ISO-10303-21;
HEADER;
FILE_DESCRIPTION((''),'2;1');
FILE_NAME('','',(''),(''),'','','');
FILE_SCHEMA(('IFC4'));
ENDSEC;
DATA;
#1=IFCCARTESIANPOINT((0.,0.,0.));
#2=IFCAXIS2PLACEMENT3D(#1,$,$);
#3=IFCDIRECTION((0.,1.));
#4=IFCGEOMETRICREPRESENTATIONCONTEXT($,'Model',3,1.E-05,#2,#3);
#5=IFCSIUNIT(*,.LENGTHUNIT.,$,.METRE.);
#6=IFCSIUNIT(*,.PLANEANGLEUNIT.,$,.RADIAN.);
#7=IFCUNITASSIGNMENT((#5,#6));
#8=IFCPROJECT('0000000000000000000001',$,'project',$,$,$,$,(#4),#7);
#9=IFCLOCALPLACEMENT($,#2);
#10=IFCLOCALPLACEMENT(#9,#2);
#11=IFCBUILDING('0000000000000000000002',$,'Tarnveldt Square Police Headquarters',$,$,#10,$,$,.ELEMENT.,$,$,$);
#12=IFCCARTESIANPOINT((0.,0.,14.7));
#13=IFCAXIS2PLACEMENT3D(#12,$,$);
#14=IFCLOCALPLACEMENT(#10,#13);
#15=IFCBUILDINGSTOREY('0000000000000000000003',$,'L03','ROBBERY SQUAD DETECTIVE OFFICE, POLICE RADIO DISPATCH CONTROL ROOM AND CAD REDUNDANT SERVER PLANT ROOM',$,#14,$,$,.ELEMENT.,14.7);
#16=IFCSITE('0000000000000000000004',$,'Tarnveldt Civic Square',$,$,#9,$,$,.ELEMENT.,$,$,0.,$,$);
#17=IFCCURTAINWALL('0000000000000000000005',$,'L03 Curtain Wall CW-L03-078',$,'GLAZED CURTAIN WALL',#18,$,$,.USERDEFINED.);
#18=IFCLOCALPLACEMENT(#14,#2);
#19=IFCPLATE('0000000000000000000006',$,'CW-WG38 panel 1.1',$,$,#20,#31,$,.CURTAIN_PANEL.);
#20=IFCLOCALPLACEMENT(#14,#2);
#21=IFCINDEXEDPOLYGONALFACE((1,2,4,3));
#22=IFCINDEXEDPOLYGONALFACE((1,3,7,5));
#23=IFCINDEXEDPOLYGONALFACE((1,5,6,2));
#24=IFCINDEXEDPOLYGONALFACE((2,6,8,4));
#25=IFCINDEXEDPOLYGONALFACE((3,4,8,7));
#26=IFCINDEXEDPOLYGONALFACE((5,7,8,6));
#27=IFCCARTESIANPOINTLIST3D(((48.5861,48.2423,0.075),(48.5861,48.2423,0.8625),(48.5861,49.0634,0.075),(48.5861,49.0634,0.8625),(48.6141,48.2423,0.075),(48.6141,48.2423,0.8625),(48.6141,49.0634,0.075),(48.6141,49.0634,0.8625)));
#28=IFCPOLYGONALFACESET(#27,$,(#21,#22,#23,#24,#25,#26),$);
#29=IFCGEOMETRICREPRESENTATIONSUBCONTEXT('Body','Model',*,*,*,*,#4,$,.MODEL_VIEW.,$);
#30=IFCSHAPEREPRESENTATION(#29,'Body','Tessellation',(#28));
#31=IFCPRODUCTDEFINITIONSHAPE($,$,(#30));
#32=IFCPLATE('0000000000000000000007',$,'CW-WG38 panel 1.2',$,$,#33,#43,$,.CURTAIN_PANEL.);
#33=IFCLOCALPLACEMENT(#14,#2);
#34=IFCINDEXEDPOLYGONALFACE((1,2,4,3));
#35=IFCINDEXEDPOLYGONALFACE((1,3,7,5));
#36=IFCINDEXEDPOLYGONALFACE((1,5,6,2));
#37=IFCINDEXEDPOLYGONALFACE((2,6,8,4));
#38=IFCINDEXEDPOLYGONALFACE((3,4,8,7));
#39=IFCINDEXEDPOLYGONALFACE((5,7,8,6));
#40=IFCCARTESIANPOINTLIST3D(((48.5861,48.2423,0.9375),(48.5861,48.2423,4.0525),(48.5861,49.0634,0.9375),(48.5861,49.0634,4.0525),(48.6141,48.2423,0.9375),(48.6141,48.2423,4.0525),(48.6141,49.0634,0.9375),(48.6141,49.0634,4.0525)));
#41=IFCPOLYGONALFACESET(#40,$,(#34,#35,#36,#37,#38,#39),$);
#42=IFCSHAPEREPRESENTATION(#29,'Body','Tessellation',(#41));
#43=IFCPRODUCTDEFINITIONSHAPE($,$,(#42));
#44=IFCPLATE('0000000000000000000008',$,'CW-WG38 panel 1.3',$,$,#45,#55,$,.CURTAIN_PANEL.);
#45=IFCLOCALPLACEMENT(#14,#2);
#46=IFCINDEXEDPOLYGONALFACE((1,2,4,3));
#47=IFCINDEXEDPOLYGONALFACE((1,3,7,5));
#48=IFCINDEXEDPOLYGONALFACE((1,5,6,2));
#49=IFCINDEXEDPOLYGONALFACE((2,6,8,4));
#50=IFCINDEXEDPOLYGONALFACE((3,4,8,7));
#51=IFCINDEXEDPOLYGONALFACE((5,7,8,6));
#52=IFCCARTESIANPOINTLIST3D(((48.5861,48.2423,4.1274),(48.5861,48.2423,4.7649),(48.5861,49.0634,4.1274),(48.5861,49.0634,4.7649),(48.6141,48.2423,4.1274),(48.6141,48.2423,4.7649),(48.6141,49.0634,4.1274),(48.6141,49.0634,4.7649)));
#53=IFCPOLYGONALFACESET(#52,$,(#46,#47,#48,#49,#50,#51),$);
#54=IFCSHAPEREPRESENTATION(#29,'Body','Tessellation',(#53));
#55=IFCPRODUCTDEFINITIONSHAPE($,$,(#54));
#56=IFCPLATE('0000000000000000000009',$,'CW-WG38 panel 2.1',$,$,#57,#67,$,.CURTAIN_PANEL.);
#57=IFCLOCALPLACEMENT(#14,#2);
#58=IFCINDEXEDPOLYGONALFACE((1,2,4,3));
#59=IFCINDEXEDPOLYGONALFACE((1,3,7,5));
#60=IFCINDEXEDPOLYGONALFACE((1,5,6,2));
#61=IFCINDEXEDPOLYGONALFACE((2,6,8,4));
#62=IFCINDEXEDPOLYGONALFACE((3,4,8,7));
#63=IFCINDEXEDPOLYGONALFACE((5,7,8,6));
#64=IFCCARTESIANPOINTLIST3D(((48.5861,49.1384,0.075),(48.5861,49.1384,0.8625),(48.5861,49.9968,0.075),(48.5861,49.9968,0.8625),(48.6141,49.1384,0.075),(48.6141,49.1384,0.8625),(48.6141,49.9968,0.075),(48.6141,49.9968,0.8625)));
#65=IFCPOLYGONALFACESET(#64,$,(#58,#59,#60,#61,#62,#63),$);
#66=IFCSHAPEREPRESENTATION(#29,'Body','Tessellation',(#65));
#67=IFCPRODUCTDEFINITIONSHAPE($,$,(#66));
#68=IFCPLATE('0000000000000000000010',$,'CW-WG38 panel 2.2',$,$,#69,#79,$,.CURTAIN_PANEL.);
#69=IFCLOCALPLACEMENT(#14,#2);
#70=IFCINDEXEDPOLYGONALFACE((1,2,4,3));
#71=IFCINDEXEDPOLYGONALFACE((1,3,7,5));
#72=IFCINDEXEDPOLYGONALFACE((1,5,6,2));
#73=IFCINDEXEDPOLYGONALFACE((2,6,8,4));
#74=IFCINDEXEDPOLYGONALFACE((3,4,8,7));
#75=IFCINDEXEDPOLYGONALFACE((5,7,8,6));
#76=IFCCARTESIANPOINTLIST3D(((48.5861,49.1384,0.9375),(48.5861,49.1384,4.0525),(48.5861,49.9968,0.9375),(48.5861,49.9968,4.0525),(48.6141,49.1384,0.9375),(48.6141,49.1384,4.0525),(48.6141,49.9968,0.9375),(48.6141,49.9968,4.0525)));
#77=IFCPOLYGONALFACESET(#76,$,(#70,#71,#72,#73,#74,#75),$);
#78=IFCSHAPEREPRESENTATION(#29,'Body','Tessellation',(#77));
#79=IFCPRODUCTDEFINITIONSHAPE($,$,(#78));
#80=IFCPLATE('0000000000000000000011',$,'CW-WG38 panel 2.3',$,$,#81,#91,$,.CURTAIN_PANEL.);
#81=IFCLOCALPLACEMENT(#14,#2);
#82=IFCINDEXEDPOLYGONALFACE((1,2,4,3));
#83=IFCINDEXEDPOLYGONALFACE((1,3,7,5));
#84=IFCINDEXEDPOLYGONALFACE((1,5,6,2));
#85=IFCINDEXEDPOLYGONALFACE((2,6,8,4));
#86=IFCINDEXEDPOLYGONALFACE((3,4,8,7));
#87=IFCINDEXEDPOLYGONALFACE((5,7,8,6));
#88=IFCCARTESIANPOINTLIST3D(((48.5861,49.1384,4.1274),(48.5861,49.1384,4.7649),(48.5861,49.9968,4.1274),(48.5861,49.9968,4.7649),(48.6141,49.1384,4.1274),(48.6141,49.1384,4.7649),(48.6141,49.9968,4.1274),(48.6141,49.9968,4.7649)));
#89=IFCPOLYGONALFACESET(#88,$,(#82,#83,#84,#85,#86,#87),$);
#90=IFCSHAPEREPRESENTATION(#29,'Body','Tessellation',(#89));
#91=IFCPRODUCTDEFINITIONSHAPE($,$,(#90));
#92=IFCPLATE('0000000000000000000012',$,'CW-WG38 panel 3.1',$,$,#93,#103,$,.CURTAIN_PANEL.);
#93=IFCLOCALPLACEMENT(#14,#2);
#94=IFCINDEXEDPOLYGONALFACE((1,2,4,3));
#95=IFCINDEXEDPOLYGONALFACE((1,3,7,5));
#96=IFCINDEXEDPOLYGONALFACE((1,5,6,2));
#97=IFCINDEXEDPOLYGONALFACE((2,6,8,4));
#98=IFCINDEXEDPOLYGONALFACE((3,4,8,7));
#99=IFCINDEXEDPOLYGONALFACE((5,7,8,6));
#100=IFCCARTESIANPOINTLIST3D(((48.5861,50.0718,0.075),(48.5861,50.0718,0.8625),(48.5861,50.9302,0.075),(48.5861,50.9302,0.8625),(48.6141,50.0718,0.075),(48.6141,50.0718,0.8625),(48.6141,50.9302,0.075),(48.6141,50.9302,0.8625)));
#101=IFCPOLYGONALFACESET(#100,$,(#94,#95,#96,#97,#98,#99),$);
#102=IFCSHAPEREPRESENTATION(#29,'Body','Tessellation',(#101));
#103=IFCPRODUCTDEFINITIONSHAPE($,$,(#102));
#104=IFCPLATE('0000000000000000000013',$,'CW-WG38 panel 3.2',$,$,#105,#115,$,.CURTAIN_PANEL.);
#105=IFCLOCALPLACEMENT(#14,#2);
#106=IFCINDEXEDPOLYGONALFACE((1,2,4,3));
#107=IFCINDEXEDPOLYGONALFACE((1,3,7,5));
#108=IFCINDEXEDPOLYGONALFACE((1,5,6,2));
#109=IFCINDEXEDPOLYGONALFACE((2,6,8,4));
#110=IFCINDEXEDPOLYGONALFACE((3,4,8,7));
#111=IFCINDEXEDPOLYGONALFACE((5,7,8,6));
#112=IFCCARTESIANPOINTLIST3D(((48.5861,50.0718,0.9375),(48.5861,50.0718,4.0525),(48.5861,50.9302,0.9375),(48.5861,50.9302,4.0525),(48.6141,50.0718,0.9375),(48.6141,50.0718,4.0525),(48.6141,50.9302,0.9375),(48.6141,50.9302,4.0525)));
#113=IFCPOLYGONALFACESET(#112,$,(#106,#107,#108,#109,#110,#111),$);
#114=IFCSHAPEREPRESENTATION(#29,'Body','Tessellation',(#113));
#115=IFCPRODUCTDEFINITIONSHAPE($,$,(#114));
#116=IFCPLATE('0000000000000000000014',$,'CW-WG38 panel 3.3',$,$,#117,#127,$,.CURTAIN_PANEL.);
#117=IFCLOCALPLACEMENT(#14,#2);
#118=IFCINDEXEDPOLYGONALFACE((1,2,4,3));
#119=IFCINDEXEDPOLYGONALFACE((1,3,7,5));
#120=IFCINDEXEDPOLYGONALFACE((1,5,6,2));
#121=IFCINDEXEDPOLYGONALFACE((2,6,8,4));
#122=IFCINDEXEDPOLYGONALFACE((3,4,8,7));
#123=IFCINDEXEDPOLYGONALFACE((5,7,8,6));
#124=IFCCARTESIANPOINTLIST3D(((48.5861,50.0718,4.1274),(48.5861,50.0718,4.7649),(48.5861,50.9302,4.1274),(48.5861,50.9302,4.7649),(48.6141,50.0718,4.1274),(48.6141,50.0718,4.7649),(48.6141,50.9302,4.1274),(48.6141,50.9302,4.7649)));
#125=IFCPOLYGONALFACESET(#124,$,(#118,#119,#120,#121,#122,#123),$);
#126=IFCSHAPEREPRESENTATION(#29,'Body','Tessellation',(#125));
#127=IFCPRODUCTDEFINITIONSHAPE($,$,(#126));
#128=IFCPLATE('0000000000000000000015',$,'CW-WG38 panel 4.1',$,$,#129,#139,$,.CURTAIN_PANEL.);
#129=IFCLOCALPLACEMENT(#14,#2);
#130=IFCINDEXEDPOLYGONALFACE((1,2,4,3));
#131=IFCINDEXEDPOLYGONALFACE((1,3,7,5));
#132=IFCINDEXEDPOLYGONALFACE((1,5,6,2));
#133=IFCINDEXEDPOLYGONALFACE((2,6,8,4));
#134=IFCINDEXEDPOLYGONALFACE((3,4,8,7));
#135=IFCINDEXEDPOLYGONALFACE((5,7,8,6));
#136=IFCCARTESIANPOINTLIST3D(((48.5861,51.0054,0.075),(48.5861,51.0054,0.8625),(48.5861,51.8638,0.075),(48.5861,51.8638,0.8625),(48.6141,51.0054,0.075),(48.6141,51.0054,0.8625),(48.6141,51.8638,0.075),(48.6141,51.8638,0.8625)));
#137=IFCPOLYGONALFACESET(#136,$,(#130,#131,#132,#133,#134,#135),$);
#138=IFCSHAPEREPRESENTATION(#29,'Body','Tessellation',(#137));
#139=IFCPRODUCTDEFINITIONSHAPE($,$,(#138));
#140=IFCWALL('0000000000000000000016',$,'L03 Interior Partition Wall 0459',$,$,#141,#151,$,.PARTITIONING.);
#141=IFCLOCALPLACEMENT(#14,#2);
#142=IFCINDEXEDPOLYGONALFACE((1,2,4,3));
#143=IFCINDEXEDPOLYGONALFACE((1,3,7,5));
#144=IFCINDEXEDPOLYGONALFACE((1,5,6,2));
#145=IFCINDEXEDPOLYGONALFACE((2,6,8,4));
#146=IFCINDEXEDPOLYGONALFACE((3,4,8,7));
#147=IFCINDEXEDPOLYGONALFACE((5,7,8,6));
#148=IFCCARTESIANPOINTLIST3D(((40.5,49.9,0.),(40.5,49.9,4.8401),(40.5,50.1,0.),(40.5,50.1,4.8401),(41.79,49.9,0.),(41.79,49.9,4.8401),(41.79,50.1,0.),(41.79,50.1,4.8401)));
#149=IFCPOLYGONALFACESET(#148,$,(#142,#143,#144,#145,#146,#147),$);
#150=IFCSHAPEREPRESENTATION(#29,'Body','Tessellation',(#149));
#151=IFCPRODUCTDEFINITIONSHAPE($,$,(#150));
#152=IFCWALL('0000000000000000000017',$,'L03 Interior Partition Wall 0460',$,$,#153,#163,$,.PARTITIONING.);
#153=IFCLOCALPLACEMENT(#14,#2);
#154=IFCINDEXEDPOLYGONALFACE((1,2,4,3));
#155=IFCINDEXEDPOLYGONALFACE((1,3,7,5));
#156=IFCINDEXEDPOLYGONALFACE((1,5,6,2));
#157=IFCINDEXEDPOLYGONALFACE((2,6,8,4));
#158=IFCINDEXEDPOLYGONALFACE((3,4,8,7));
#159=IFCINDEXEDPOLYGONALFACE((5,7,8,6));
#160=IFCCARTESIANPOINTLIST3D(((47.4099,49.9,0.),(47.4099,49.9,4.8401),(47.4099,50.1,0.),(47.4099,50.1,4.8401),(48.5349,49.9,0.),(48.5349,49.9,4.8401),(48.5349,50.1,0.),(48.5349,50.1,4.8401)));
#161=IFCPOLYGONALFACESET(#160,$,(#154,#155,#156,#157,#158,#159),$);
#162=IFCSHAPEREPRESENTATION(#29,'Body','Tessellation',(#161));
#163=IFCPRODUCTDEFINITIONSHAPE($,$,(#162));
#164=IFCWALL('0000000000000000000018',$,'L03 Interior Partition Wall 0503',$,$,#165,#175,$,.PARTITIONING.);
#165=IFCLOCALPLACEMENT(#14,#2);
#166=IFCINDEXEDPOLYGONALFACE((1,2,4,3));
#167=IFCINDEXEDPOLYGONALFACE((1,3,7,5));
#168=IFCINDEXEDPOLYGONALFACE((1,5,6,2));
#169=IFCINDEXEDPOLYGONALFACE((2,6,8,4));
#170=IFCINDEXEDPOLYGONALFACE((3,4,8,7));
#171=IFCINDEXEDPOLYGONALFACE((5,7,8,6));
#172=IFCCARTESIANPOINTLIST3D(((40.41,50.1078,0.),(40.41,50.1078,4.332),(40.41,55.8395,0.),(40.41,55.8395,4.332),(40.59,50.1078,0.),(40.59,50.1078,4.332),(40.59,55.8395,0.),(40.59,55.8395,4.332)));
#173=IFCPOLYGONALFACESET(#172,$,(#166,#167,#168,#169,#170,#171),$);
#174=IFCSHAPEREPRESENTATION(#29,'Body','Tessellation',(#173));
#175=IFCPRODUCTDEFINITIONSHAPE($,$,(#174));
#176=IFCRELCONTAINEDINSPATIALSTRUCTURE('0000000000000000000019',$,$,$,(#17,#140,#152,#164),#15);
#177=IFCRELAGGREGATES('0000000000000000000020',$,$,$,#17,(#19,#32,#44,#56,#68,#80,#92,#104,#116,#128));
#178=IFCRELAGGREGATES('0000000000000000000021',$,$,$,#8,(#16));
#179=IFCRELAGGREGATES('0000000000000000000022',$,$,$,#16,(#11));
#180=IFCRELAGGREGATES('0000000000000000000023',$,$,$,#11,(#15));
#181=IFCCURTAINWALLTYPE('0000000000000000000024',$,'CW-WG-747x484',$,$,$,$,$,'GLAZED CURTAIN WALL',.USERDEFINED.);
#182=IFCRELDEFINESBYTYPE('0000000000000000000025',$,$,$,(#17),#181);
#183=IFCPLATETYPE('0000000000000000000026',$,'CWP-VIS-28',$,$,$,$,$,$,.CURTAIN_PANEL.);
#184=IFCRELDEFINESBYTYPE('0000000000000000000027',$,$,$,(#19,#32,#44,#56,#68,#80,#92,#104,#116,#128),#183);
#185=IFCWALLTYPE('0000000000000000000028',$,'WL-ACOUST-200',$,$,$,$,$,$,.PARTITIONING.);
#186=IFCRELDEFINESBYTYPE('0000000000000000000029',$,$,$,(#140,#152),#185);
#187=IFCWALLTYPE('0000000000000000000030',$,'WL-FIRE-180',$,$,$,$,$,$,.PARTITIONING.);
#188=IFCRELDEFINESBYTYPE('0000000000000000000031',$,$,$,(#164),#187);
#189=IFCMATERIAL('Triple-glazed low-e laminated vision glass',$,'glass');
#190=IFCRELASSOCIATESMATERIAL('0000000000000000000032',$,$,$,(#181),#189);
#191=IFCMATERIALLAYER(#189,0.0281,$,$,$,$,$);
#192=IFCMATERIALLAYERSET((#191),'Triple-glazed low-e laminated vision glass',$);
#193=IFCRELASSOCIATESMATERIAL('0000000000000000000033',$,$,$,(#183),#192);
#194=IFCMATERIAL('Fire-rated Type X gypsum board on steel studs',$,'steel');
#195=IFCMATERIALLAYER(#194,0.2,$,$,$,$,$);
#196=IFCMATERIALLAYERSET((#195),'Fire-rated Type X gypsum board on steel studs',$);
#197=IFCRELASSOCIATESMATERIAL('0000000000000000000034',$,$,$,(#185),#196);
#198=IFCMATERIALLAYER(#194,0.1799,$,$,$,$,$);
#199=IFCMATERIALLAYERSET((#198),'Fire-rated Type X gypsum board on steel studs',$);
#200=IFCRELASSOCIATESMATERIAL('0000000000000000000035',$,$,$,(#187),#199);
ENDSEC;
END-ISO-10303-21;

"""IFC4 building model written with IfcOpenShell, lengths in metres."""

from ifc_helpers import new_model, si_unit, direction, frame, frame_2d, origin, origin_2d, place, context, subcontext, project, spatial, rectangle, extrude, material, layer, layer_set, type_object, element, aggregate, save


model = new_model("IFC4")

# Units and contexts
model_context = context("Model", 3, precision=1e-05, world=origin(), true_north=direction((0.0, 1.0)))
body_context = subcontext(model_context, "Body", "Model", "MODEL_VIEW")
ifc_project = project(units=[si_unit("LENGTHUNIT", "METRE"), si_unit("PLANEANGLEUNIT", "RADIAN")], contexts=[model_context])

# Site, building, storey
site_placement = place(None, origin())
site = spatial("IfcSite", under=ifc_project, at=site_placement, Name="Tarnveldt Civic Square", CompositionType="ELEMENT", RefElevation=0.0)
building_placement = place(site_placement, origin())
building = spatial("IfcBuilding", under=site, at=building_placement, Name="Tarnveldt Square Police Headquarters", CompositionType="ELEMENT")
storey_placement = place(building_placement, frame((0.0, 0.0, 14.7)))
storey = spatial("IfcBuildingStorey", under=building, at=storey_placement, Name="L03", Description="ROBBERY SQUAD DETECTIVE OFFICE, POLICE RADIO DISPATCH CONTROL ROOM AND CAD REDUNDANT SERVER PLANT ROOM", CompositionType="ELEMENT", Elevation=14.7)

# Curtain wall, plates
ifc_material_1 = material(Name="Triple-glazed low-e laminated vision glass", Category="glass")
curtain_wall_type = type_object("IfcCurtainWallType", Name="CW-WG-747x484", ElementType="GLAZED CURTAIN WALL", PredefinedType="USERDEFINED", material=ifc_material_1)
curtain_wall_placement = place(storey_placement, origin())
curtain_wall = element("IfcCurtainWall", 1, at=curtain_wall_placement, inside=storey, type_object=curtain_wall_type, Name="L03 Curtain Wall CW-L03-078", ObjectType="GLAZED CURTAIN WALL", PredefinedType="USERDEFINED")
ifc_layer_1 = layer(ifc_material_1, 0.0281)
ifc_layer_set_1 = layer_set([ifc_layer_1], Name="Triple-glazed low-e laminated vision glass")
plate_type = type_object("IfcPlateType", Name="CWP-VIS-28", PredefinedType="CURTAIN_PANEL", material=ifc_layer_set_1)
plate_1_placement = place(storey_placement, frame((48.6001, 48.6528, 0.075), z_axis=(0.0, 0.0, 1.0), x_axis=(0.0, 1.0, 0.0)))
plate_1 = element("IfcPlate", 2, at=plate_1_placement, type_object=plate_type, Name="CW-WG38 panel 1.1", PredefinedType="CURTAIN_PANEL", context=body_context, shape_type="SweptSolid", body=[
    extrude(rectangle(XDim=0.821, YDim=0.0281, at=origin_2d()), origin(), (0.0, 0.0, 1.0), 0.7876),
])
plate_2_placement = place(storey_placement, frame((48.6001, 48.6528, 0.9375), z_axis=(0.0, 0.0, 1.0), x_axis=(0.0, 1.0, 0.0)))
plate_2 = element("IfcPlate", 3, at=plate_2_placement, type_object=plate_type, Name="CW-WG38 panel 1.2", PredefinedType="CURTAIN_PANEL", context=body_context, shape_type="SweptSolid", body=[
    extrude(rectangle(XDim=0.821, YDim=0.0281, at=origin_2d()), origin(), (0.0, 0.0, 1.0), 3.115),
])
plate_3_placement = place(storey_placement, frame((48.6001, 48.6528, 4.1274), z_axis=(0.0, 0.0, 1.0), x_axis=(0.0, 1.0, 0.0)))
plate_3 = element("IfcPlate", 4, at=plate_3_placement, type_object=plate_type, Name="CW-WG38 panel 1.3", PredefinedType="CURTAIN_PANEL", context=body_context, shape_type="SweptSolid", body=[
    extrude(rectangle(XDim=0.821, YDim=0.0281, at=origin_2d()), origin(), (0.0, 0.0, 1.0), 0.6375),
])
plate_4_placement = place(storey_placement, frame((48.6001, 49.5676, 0.075), z_axis=(0.0, 0.0, 1.0), x_axis=(0.0, 1.0, 0.0)))
plate_4 = element("IfcPlate", 5, at=plate_4_placement, type_object=plate_type, Name="CW-WG38 panel 2.1", PredefinedType="CURTAIN_PANEL", context=body_context, shape_type="SweptSolid", body=[
    extrude(rectangle(XDim=0.8584, YDim=0.0281, at=origin_2d()), origin(), (0.0, 0.0, 1.0), 0.7876),
])
plate_5_placement = place(storey_placement, frame((48.6001, 49.5676, 0.9375), z_axis=(0.0, 0.0, 1.0), x_axis=(0.0, 1.0, 0.0)))
plate_5 = element("IfcPlate", 6, at=plate_5_placement, type_object=plate_type, Name="CW-WG38 panel 2.2", PredefinedType="CURTAIN_PANEL", context=body_context, shape_type="SweptSolid", body=[
    extrude(rectangle(XDim=0.8584, YDim=0.0281, at=origin_2d()), origin(), (0.0, 0.0, 1.0), 3.115),
])
plate_6_placement = place(storey_placement, frame((48.6001, 49.5676, 4.1274), z_axis=(0.0, 0.0, 1.0), x_axis=(0.0, 1.0, 0.0)))
plate_6 = element("IfcPlate", 7, at=plate_6_placement, type_object=plate_type, Name="CW-WG38 panel 2.3", PredefinedType="CURTAIN_PANEL", context=body_context, shape_type="SweptSolid", body=[
    extrude(rectangle(XDim=0.8584, YDim=0.0281, at=origin_2d()), origin(), (0.0, 0.0, 1.0), 0.6375),
])
plate_7_placement = place(storey_placement, frame((48.6001, 50.501, 0.075), z_axis=(0.0, 0.0, 1.0), x_axis=(0.0, 1.0, 0.0)))
plate_7 = element("IfcPlate", 8, at=plate_7_placement, type_object=plate_type, Name="CW-WG38 panel 3.1", PredefinedType="CURTAIN_PANEL", context=body_context, shape_type="SweptSolid", body=[
    extrude(rectangle(XDim=0.8584, YDim=0.0281, at=origin_2d()), origin(), (0.0, 0.0, 1.0), 0.7876),
])
plate_8_placement = place(storey_placement, frame((48.6001, 50.501, 0.9375), z_axis=(0.0, 0.0, 1.0), x_axis=(0.0, 1.0, 0.0)))
plate_8 = element("IfcPlate", 9, at=plate_8_placement, type_object=plate_type, Name="CW-WG38 panel 3.2", PredefinedType="CURTAIN_PANEL", context=body_context, shape_type="SweptSolid", body=[
    extrude(rectangle(XDim=0.8584, YDim=0.0281, at=origin_2d()), origin(), (0.0, 0.0, 1.0), 3.115),
])
plate_9_placement = place(storey_placement, frame((48.6001, 50.501, 4.1274), z_axis=(0.0, 0.0, 1.0), x_axis=(0.0, 1.0, 0.0)))
plate_9 = element("IfcPlate", 10, at=plate_9_placement, type_object=plate_type, Name="CW-WG38 panel 3.3", PredefinedType="CURTAIN_PANEL", context=body_context, shape_type="SweptSolid", body=[
    extrude(rectangle(XDim=0.8584, YDim=0.0281, at=origin_2d()), origin(), (0.0, 0.0, 1.0), 0.6375),
])
plate_10_placement = place(storey_placement, frame((48.6001, 51.4346, 0.075), z_axis=(0.0, 0.0, 1.0), x_axis=(0.0, 1.0, 0.0)))
plate_10 = element("IfcPlate", 11, at=plate_10_placement, type_object=plate_type, Name="CW-WG38 panel 4.1", PredefinedType="CURTAIN_PANEL", context=body_context, shape_type="SweptSolid", body=[
    extrude(rectangle(XDim=0.8584, YDim=0.0281, at=origin_2d()), origin(), (0.0, 0.0, 1.0), 0.7876),
])
aggregate(curtain_wall, [plate_1, plate_2, plate_3, plate_4, plate_5, plate_6, plate_7, plate_8, plate_9, plate_10])

# Walls
ifc_material_2 = material(Name="Fire-rated Type X gypsum board on steel studs", Category="steel")
ifc_layer_2 = layer(ifc_material_2, 0.2)
ifc_layer_set_2 = layer_set([ifc_layer_2], Name="Fire-rated Type X gypsum board on steel studs")
wall_type_1 = type_object("IfcWallType", Name="WL-ACOUST-200", PredefinedType="PARTITIONING", material=ifc_layer_set_2)
wall_1_placement = place(storey_placement, frame((40.5, 50.0, 0.0), z_axis=(0.0, 0.0, 1.0), x_axis=(1.0, 0.0, 0.0)))
element("IfcWall", 12, at=wall_1_placement, inside=storey, type_object=wall_type_1, Name="L03 Interior Partition Wall 0459", PredefinedType="PARTITIONING", context=body_context, shape_type="SweptSolid", body=[
    extrude(rectangle(XDim=1.29, YDim=0.2, at=frame_2d((0.645, 0.0))), origin(), (0.0, 0.0, 1.0), 4.8401),
])
wall_2_placement = place(storey_placement, frame((47.4099, 50.0, 0.0), z_axis=(0.0, 0.0, 1.0), x_axis=(1.0, 0.0, 0.0)))
element("IfcWall", 13, at=wall_2_placement, inside=storey, type_object=wall_type_1, Name="L03 Interior Partition Wall 0460", PredefinedType="PARTITIONING", context=body_context, shape_type="SweptSolid", body=[
    extrude(rectangle(XDim=1.125, YDim=0.2, at=frame_2d((0.5625, 0.0))), origin(), (0.0, 0.0, 1.0), 4.8401),
])
ifc_layer_3 = layer(ifc_material_2, 0.1799)
ifc_layer_set_3 = layer_set([ifc_layer_3], Name="Fire-rated Type X gypsum board on steel studs")
wall_type_2 = type_object("IfcWallType", Name="WL-FIRE-180", PredefinedType="PARTITIONING", material=ifc_layer_set_3)
wall_3_placement = place(storey_placement, frame((40.5, 50.1079, 0.0), z_axis=(0.0, 0.0, 1.0), x_axis=(0.0, 1.0, 0.0)))
element("IfcWall", 14, at=wall_3_placement, inside=storey, type_object=wall_type_2, Name="L03 Interior Partition Wall 0503", PredefinedType="PARTITIONING", context=body_context, shape_type="SweptSolid", body=[
    extrude(rectangle(XDim=5.7317, YDim=0.1799, at=frame_2d((2.8657, 0.0))), origin(), (0.0, 0.0, 1.0), 4.332),
])

save(model, "model.ifc")
